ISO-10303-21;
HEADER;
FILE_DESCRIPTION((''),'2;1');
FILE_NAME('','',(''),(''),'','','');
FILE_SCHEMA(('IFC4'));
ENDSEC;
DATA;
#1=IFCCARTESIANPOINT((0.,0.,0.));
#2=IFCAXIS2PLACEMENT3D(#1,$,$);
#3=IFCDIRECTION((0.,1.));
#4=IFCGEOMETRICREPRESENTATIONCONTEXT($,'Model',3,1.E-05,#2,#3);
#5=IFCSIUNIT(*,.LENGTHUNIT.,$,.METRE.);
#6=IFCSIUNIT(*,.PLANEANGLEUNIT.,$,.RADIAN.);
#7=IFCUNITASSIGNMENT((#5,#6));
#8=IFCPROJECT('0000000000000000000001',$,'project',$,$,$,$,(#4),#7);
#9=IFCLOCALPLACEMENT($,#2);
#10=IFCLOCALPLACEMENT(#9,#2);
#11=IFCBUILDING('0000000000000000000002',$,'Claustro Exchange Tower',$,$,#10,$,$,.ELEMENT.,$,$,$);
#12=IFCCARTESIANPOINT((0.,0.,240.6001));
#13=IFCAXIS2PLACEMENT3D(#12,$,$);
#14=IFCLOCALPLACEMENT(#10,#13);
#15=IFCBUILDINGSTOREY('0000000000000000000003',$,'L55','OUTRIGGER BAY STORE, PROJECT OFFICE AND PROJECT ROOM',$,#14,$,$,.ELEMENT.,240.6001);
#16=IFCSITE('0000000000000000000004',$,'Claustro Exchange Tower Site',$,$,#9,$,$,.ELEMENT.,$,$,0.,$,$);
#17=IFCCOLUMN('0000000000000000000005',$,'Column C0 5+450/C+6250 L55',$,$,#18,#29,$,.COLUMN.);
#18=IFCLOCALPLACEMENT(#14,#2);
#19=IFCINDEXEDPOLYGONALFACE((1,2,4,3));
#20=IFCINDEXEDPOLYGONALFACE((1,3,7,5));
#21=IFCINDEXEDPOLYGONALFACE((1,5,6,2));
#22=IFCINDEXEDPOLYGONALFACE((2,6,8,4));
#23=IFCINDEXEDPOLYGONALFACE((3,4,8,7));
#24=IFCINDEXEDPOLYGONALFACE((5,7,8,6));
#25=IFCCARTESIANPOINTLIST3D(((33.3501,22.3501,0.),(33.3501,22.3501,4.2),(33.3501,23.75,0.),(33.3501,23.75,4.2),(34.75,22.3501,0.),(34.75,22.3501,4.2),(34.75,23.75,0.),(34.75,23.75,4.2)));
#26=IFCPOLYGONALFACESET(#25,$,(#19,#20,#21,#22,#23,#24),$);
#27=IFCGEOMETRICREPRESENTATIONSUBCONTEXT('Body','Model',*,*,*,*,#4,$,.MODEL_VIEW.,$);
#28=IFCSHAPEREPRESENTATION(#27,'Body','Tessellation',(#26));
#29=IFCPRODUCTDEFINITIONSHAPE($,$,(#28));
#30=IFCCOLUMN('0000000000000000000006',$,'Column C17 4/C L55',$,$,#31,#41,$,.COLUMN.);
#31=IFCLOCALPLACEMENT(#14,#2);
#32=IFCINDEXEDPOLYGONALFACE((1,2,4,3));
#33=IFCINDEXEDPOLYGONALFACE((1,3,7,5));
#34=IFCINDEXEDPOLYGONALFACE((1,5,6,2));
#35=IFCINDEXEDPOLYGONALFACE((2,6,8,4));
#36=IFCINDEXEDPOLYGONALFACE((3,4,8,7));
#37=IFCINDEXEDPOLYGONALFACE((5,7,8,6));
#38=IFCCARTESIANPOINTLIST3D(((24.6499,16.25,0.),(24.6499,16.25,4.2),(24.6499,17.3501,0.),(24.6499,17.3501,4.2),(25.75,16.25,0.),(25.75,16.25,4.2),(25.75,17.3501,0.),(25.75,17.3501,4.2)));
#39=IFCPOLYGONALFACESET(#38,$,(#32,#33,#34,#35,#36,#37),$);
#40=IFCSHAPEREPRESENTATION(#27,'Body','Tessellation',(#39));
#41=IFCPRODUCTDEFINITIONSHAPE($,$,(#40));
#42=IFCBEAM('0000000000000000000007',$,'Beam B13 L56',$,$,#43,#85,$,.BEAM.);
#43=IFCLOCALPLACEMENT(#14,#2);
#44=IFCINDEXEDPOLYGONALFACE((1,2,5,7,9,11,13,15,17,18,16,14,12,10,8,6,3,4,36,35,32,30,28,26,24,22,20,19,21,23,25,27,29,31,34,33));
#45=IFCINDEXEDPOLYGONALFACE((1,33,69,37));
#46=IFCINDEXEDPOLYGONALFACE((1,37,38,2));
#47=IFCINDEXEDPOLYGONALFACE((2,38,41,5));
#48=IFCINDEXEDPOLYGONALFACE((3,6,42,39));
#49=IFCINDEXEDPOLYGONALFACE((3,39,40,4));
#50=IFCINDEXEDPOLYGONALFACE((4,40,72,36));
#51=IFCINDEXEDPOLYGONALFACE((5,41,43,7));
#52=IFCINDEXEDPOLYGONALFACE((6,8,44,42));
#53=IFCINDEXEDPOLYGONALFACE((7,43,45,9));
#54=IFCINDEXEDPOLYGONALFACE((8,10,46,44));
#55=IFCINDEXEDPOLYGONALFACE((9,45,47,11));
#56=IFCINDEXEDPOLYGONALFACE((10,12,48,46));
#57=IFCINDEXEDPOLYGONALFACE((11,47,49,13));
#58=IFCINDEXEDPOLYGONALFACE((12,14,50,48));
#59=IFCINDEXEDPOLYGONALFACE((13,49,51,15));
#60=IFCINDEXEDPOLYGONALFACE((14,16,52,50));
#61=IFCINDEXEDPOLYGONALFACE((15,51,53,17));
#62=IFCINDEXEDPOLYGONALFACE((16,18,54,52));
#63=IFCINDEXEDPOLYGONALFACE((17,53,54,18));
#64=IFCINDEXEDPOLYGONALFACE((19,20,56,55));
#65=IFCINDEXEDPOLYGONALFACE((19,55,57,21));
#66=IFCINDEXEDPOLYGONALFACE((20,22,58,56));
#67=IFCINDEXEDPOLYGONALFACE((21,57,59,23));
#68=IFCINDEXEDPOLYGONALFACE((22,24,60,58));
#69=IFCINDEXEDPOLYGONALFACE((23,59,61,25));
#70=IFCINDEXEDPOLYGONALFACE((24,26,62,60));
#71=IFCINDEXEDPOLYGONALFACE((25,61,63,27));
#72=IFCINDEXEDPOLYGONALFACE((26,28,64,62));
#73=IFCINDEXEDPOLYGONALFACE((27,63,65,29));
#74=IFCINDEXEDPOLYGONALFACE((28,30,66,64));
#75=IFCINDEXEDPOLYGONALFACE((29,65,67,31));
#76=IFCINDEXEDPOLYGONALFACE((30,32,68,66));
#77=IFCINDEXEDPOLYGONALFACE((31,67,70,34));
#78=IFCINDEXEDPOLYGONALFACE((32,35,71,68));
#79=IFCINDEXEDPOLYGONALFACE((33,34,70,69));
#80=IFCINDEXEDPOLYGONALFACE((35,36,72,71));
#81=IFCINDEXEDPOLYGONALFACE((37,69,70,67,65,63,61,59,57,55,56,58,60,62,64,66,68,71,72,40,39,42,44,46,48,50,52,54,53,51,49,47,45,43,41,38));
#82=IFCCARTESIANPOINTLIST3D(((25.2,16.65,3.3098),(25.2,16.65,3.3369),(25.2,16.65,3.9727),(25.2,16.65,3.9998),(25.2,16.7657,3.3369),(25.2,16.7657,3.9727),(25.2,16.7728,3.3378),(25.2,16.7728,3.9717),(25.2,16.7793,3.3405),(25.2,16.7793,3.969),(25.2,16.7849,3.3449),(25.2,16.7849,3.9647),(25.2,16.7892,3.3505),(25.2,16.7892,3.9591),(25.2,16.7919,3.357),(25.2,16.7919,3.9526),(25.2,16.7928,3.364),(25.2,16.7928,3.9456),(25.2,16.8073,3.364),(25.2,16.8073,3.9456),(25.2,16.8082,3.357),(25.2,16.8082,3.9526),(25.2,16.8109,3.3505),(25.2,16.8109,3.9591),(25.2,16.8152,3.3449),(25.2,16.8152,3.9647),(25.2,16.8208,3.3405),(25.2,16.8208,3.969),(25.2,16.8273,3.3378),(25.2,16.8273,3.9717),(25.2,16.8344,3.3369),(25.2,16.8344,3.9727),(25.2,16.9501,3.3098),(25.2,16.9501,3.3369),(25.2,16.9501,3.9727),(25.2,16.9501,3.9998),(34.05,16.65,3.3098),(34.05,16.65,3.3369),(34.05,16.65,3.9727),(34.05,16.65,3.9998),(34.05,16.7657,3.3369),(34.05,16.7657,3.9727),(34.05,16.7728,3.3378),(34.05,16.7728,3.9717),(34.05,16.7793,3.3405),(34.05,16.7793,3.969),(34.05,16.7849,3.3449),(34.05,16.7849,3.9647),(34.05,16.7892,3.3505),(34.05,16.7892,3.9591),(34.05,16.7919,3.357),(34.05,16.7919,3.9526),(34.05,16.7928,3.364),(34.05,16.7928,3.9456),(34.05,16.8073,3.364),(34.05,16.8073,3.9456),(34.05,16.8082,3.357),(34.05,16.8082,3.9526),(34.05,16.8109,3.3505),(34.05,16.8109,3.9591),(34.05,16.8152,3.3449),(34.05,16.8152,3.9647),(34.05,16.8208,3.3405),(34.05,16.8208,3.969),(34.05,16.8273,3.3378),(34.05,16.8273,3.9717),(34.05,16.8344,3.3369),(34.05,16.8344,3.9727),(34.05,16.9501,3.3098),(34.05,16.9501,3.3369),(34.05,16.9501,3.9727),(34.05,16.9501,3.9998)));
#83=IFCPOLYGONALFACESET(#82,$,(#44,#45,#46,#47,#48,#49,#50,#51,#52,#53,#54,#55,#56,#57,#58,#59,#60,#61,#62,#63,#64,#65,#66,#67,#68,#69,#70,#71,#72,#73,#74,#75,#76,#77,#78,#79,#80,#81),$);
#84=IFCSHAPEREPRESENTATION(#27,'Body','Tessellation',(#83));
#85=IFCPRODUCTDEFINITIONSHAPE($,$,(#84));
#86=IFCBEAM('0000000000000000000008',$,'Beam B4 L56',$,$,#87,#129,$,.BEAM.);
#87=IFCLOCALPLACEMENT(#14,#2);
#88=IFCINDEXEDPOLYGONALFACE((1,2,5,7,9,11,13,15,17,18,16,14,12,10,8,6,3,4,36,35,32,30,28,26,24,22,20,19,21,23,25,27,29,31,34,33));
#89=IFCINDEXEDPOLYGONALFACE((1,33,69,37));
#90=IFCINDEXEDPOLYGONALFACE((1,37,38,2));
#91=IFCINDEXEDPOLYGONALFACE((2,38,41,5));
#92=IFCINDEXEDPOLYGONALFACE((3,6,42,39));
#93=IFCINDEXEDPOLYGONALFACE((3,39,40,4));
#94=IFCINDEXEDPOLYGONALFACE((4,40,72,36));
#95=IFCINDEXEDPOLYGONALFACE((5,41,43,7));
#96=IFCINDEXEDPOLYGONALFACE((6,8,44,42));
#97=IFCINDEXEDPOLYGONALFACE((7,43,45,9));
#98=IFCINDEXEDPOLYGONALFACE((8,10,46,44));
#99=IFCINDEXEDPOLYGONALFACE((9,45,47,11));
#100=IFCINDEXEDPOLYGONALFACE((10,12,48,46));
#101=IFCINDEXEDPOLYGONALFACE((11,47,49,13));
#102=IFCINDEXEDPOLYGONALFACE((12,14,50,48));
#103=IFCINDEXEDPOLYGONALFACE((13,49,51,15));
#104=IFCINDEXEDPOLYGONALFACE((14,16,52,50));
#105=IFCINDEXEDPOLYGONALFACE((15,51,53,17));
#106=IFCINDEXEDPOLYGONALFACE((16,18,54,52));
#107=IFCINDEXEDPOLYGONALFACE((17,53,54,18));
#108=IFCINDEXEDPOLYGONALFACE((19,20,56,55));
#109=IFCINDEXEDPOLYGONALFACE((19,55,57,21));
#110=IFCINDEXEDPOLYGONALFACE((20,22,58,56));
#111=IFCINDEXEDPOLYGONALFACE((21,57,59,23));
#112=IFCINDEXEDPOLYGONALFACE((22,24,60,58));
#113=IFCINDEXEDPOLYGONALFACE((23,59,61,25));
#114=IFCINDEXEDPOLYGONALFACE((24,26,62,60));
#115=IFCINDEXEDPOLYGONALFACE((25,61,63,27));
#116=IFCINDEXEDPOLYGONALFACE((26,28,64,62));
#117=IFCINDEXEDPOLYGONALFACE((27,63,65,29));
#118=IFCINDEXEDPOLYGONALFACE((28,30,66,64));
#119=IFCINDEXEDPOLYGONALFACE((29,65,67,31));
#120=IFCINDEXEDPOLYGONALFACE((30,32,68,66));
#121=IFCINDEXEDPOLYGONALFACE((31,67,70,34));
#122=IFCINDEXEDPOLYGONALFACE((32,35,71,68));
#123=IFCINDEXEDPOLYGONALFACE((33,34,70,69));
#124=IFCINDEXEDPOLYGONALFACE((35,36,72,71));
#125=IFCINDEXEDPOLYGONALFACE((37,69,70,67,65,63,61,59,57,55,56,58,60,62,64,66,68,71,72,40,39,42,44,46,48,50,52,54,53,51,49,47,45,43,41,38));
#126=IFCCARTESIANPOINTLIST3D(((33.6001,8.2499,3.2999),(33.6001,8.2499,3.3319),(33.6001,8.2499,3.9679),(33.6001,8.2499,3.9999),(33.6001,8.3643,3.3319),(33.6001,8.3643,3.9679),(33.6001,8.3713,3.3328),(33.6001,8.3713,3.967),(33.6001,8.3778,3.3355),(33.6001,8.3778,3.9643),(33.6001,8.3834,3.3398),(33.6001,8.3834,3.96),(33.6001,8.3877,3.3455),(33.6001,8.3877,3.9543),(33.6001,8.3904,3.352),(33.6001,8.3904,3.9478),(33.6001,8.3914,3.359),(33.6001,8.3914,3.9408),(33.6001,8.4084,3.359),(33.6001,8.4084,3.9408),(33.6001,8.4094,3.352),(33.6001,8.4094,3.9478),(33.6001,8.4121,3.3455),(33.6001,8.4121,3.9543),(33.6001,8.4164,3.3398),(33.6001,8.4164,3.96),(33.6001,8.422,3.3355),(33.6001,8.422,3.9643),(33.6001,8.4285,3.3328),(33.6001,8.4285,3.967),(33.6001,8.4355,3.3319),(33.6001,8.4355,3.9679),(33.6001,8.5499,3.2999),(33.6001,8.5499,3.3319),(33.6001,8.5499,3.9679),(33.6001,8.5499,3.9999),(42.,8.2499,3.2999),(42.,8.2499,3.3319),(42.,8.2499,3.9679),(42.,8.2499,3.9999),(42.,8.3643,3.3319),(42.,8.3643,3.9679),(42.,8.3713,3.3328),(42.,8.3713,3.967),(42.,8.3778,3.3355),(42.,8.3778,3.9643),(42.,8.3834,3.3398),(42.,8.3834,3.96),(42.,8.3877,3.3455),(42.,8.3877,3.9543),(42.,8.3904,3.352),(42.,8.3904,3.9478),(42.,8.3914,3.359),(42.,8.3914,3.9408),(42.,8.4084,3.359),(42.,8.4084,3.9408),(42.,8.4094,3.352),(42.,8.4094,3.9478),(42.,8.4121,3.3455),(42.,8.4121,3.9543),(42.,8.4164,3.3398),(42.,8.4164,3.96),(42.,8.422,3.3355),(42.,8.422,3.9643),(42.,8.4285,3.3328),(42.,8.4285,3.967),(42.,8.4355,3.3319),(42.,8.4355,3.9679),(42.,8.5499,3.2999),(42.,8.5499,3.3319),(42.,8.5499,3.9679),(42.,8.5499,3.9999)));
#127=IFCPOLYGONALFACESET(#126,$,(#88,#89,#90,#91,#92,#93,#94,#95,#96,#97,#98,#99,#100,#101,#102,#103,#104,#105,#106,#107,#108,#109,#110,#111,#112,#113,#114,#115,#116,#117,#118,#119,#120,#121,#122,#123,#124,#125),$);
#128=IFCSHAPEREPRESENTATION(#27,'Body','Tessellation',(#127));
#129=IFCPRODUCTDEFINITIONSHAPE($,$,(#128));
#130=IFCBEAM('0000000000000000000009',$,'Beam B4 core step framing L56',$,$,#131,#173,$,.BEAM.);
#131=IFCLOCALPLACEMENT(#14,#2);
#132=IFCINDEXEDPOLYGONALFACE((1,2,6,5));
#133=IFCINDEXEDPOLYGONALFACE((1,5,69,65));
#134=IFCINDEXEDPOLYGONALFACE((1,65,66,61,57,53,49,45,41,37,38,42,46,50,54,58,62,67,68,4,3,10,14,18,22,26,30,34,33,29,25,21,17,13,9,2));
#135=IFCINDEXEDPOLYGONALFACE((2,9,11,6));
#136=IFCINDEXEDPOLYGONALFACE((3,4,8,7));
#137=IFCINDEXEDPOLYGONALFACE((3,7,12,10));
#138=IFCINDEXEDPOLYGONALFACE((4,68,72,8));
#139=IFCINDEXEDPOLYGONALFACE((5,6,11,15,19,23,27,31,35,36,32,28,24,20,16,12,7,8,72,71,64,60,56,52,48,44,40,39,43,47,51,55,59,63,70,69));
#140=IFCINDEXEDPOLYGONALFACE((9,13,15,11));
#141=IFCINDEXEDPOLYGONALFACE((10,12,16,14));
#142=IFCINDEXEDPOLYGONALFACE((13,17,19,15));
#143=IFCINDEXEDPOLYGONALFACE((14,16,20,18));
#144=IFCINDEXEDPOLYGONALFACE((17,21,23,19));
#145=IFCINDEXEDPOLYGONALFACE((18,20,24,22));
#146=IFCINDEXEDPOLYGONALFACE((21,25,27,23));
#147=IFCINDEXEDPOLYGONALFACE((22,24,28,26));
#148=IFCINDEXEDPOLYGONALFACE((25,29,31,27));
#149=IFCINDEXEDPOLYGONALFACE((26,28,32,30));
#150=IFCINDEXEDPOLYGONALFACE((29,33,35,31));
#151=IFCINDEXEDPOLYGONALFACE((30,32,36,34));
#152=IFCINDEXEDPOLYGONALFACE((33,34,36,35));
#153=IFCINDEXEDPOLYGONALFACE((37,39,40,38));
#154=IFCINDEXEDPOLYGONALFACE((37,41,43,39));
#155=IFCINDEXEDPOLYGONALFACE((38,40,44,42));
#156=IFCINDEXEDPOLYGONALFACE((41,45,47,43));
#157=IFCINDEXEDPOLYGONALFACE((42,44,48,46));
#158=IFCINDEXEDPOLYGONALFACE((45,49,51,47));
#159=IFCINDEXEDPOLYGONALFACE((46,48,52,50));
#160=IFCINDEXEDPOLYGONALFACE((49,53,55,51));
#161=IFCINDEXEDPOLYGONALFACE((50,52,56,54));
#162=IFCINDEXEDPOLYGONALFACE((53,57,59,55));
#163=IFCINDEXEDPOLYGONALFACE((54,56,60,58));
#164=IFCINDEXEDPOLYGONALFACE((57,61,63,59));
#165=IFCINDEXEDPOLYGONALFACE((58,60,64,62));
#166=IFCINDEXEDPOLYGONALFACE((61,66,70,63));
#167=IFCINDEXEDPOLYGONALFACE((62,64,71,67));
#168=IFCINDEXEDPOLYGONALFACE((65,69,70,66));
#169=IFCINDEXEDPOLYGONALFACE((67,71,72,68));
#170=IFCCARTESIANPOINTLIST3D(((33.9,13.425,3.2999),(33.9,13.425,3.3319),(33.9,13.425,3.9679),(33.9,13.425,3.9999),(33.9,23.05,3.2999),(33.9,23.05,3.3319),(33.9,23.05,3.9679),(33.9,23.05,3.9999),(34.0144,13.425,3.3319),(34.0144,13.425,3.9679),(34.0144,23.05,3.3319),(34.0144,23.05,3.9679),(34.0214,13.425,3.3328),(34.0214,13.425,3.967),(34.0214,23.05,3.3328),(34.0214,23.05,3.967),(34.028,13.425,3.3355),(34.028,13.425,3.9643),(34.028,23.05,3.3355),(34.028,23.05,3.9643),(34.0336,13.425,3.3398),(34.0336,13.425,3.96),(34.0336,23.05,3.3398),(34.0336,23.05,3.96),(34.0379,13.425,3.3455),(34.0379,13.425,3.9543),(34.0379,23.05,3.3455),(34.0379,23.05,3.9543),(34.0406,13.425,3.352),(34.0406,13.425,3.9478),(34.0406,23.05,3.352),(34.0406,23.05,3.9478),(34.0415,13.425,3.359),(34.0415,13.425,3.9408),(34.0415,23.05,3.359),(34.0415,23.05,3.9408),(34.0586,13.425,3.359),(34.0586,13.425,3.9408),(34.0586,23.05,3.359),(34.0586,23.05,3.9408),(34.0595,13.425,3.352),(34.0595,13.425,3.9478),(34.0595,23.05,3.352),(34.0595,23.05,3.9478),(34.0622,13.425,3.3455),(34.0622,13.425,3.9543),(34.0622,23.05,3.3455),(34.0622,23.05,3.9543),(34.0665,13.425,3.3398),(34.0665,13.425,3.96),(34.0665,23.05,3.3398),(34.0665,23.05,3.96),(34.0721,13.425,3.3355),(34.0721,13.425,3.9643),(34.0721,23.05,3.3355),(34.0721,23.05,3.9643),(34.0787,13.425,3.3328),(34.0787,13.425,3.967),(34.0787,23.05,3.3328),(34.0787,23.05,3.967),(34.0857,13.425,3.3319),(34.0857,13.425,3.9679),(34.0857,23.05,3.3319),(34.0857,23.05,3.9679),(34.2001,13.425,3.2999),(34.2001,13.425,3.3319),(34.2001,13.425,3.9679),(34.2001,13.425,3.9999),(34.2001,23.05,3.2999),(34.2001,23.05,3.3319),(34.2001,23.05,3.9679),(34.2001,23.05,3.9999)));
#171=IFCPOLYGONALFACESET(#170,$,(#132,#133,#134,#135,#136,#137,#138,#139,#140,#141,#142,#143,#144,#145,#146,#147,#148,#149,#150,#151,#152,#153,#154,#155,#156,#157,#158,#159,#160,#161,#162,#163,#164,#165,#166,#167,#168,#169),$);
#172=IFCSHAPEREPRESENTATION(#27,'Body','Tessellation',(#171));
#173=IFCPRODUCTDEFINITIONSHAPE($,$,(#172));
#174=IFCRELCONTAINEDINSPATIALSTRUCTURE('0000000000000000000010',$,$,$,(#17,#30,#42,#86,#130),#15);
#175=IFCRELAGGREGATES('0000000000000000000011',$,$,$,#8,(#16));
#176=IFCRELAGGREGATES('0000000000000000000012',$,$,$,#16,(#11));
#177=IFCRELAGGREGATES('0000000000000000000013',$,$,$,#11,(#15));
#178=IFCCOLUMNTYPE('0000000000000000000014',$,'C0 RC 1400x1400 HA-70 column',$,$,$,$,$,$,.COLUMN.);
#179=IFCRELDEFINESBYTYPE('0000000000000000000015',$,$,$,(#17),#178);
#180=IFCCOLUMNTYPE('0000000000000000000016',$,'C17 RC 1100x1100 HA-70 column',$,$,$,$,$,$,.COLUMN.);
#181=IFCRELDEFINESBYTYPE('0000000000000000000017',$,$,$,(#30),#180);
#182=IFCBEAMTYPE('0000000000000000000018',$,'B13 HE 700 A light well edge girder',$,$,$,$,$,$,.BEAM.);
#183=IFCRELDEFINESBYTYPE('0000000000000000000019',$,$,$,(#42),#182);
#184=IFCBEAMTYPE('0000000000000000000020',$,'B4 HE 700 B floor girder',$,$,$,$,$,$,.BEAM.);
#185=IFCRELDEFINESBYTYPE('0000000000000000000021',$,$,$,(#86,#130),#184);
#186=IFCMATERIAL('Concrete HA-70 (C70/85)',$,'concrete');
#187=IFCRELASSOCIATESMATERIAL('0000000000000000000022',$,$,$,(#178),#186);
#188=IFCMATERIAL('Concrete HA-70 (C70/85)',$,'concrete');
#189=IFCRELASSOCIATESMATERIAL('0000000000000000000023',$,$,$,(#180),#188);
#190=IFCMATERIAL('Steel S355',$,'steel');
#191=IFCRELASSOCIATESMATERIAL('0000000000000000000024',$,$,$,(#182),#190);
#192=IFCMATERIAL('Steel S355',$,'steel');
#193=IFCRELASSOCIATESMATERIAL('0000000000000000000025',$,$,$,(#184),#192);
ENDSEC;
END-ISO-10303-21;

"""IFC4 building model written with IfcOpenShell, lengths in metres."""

from ifc_helpers import new_model, si_unit, direction, frame, origin, origin_2d, place, context, subcontext, project, spatial, rectangle, i_section, extrude, material, material_profile, profile_set, type_object, element, save


model = new_model("IFC4")

# Units and contexts
model_context = context("Model", 3, precision=1e-05, world=origin(), true_north=direction((0.0, 1.0)))
body_context = subcontext(model_context, "Body", "Model", "MODEL_VIEW")
ifc_project = project(units=[si_unit("LENGTHUNIT", "METRE"), si_unit("PLANEANGLEUNIT", "RADIAN")], contexts=[model_context])

# Site, building, storey
site_placement = place(None, origin())
site = spatial("IfcSite", under=ifc_project, at=site_placement, Name="Claustro Exchange Tower Site", CompositionType="ELEMENT", RefElevation=0.0)
building_placement = place(site_placement, origin())
building = spatial("IfcBuilding", under=site, at=building_placement, Name="Claustro Exchange Tower", CompositionType="ELEMENT")
storey_placement = place(building_placement, frame((0.0, 0.0, 240.6001)))
storey = spatial("IfcBuildingStorey", under=building, at=storey_placement, Name="L55", Description="OUTRIGGER BAY STORE, PROJECT OFFICE AND PROJECT ROOM", CompositionType="ELEMENT", Elevation=240.6001)

# Columns
ifc_material_1 = material(Name="Concrete HA-70 (C70/85)", Category="concrete")
ifc_material_profile_1 = material_profile(ifc_material_1, rectangle(XDim=1.3999, YDim=1.3999, at=origin_2d()), Name="RC 1400x1400")
ifc_profile_set_1 = profile_set([ifc_material_profile_1], Name="Concrete HA-70 (C70/85)")
column_type_1 = type_object("IfcColumnType", Name="C0 RC 1400x1400 HA-70 column", PredefinedType="COLUMN", material=ifc_profile_set_1)
column_1_placement = place(storey_placement, frame((34.05, 23.05, 0.0), z_axis=(0.0, 0.0, 1.0), x_axis=(1.0, 0.0, 0.0)))
element("IfcColumn", 1, at=column_1_placement, inside=storey, type_object=column_type_1, Name="Column C0 5+450/C+6250 L55", PredefinedType="COLUMN", context=body_context, shape_type="SweptSolid", body=[
    extrude(rectangle(XDim=1.3999, YDim=1.3999, at=origin_2d()), origin(), (0.0, 0.0, 1.0), 4.2),
])
ifc_material_2 = material(Name="Concrete HA-70 (C70/85)", Category="concrete")
ifc_material_profile_2 = material_profile(ifc_material_2, rectangle(XDim=1.1001, YDim=1.1001, at=origin_2d()), Name="RC 1100x1100")
ifc_profile_set_2 = profile_set([ifc_material_profile_2], Name="Concrete HA-70 (C70/85)")
column_type_2 = type_object("IfcColumnType", Name="C17 RC 1100x1100 HA-70 column", PredefinedType="COLUMN", material=ifc_profile_set_2)
column_2_placement = place(storey_placement, frame((25.2, 16.8, 0.0), z_axis=(0.0, 0.0, 1.0), x_axis=(1.0, 0.0, 0.0)))
element("IfcColumn", 2, at=column_2_placement, inside=storey, type_object=column_type_2, Name="Column C17 4/C L55", PredefinedType="COLUMN", context=body_context, shape_type="SweptSolid", body=[
    extrude(rectangle(XDim=1.1001, YDim=1.1001, at=origin_2d()), origin(), (0.0, 0.0, 1.0), 4.2),
])

# Beams
ifc_material_3 = material(Name="Steel S355", Category="steel")
ifc_material_profile_3 = material_profile(ifc_material_3, i_section(OverallWidth=0.3, OverallDepth=0.6899, WebThickness=0.0144, FlangeThickness=0.0271, FilletRadius=0.0271, at=origin_2d()), Name="HE 700 A")
ifc_profile_set_3 = profile_set([ifc_material_profile_3], Name="Steel S355")
beam_type_1 = type_object("IfcBeamType", Name="B13 HE 700 A light well edge girder", PredefinedType="BEAM", material=ifc_profile_set_3)
beam_1_placement = place(storey_placement, frame((25.2, 16.8, 3.6548), z_axis=(1.0, 0.0, 0.0), x_axis=(0.0, 1.0, 0.0)))
element("IfcBeam", 3, at=beam_1_placement, inside=storey, type_object=beam_type_1, Name="Beam B13 L56", PredefinedType="BEAM", context=body_context, shape_type="SweptSolid", body=[
    extrude(i_section(OverallWidth=0.3, OverallDepth=0.6899, WebThickness=0.0144, FlangeThickness=0.0271, FilletRadius=0.0271, at=origin_2d()), origin(), (0.0, 0.0, 1.0), 8.8501),
])
ifc_material_4 = material(Name="Steel S355", Category="steel")
ifc_material_profile_4 = material_profile(ifc_material_4, i_section(OverallWidth=0.3, OverallDepth=0.7, WebThickness=0.0171, FlangeThickness=0.032, FilletRadius=0.0271, at=origin_2d()), Name="HE 700 B")
ifc_profile_set_4 = profile_set([ifc_material_profile_4], Name="Steel S355")
beam_type_2 = type_object("IfcBeamType", Name="B4 HE 700 B floor girder", PredefinedType="BEAM", material=ifc_profile_set_4)
beam_2_placement = place(storey_placement, frame((33.6001, 8.3999, 3.6499), z_axis=(1.0, 0.0, 0.0), x_axis=(0.0, 1.0, 0.0)))
element("IfcBeam", 4, at=beam_2_placement, inside=storey, type_object=beam_type_2, Name="Beam B4 L56", PredefinedType="BEAM", context=body_context, shape_type="SweptSolid", body=[
    extrude(i_section(OverallWidth=0.3, OverallDepth=0.7, WebThickness=0.0171, FlangeThickness=0.032, FilletRadius=0.0271, at=origin_2d()), origin(), (0.0, 0.0, 1.0), 8.3999),
])
beam_3_placement = place(storey_placement, frame((34.05, 13.425, 3.6499), z_axis=(0.0, 1.0, 0.0), x_axis=(-1.0, 0.0, 0.0)))
element("IfcBeam", 5, at=beam_3_placement, inside=storey, type_object=beam_type_2, Name="Beam B4 core step framing L56", PredefinedType="BEAM", context=body_context, shape_type="SweptSolid", body=[
    extrude(i_section(OverallWidth=0.3, OverallDepth=0.7, WebThickness=0.0171, FlangeThickness=0.032, FilletRadius=0.0271, at=origin_2d()), origin(), (0.0, 0.0, 1.0), 9.625),
])

save(model, "model.ifc")
